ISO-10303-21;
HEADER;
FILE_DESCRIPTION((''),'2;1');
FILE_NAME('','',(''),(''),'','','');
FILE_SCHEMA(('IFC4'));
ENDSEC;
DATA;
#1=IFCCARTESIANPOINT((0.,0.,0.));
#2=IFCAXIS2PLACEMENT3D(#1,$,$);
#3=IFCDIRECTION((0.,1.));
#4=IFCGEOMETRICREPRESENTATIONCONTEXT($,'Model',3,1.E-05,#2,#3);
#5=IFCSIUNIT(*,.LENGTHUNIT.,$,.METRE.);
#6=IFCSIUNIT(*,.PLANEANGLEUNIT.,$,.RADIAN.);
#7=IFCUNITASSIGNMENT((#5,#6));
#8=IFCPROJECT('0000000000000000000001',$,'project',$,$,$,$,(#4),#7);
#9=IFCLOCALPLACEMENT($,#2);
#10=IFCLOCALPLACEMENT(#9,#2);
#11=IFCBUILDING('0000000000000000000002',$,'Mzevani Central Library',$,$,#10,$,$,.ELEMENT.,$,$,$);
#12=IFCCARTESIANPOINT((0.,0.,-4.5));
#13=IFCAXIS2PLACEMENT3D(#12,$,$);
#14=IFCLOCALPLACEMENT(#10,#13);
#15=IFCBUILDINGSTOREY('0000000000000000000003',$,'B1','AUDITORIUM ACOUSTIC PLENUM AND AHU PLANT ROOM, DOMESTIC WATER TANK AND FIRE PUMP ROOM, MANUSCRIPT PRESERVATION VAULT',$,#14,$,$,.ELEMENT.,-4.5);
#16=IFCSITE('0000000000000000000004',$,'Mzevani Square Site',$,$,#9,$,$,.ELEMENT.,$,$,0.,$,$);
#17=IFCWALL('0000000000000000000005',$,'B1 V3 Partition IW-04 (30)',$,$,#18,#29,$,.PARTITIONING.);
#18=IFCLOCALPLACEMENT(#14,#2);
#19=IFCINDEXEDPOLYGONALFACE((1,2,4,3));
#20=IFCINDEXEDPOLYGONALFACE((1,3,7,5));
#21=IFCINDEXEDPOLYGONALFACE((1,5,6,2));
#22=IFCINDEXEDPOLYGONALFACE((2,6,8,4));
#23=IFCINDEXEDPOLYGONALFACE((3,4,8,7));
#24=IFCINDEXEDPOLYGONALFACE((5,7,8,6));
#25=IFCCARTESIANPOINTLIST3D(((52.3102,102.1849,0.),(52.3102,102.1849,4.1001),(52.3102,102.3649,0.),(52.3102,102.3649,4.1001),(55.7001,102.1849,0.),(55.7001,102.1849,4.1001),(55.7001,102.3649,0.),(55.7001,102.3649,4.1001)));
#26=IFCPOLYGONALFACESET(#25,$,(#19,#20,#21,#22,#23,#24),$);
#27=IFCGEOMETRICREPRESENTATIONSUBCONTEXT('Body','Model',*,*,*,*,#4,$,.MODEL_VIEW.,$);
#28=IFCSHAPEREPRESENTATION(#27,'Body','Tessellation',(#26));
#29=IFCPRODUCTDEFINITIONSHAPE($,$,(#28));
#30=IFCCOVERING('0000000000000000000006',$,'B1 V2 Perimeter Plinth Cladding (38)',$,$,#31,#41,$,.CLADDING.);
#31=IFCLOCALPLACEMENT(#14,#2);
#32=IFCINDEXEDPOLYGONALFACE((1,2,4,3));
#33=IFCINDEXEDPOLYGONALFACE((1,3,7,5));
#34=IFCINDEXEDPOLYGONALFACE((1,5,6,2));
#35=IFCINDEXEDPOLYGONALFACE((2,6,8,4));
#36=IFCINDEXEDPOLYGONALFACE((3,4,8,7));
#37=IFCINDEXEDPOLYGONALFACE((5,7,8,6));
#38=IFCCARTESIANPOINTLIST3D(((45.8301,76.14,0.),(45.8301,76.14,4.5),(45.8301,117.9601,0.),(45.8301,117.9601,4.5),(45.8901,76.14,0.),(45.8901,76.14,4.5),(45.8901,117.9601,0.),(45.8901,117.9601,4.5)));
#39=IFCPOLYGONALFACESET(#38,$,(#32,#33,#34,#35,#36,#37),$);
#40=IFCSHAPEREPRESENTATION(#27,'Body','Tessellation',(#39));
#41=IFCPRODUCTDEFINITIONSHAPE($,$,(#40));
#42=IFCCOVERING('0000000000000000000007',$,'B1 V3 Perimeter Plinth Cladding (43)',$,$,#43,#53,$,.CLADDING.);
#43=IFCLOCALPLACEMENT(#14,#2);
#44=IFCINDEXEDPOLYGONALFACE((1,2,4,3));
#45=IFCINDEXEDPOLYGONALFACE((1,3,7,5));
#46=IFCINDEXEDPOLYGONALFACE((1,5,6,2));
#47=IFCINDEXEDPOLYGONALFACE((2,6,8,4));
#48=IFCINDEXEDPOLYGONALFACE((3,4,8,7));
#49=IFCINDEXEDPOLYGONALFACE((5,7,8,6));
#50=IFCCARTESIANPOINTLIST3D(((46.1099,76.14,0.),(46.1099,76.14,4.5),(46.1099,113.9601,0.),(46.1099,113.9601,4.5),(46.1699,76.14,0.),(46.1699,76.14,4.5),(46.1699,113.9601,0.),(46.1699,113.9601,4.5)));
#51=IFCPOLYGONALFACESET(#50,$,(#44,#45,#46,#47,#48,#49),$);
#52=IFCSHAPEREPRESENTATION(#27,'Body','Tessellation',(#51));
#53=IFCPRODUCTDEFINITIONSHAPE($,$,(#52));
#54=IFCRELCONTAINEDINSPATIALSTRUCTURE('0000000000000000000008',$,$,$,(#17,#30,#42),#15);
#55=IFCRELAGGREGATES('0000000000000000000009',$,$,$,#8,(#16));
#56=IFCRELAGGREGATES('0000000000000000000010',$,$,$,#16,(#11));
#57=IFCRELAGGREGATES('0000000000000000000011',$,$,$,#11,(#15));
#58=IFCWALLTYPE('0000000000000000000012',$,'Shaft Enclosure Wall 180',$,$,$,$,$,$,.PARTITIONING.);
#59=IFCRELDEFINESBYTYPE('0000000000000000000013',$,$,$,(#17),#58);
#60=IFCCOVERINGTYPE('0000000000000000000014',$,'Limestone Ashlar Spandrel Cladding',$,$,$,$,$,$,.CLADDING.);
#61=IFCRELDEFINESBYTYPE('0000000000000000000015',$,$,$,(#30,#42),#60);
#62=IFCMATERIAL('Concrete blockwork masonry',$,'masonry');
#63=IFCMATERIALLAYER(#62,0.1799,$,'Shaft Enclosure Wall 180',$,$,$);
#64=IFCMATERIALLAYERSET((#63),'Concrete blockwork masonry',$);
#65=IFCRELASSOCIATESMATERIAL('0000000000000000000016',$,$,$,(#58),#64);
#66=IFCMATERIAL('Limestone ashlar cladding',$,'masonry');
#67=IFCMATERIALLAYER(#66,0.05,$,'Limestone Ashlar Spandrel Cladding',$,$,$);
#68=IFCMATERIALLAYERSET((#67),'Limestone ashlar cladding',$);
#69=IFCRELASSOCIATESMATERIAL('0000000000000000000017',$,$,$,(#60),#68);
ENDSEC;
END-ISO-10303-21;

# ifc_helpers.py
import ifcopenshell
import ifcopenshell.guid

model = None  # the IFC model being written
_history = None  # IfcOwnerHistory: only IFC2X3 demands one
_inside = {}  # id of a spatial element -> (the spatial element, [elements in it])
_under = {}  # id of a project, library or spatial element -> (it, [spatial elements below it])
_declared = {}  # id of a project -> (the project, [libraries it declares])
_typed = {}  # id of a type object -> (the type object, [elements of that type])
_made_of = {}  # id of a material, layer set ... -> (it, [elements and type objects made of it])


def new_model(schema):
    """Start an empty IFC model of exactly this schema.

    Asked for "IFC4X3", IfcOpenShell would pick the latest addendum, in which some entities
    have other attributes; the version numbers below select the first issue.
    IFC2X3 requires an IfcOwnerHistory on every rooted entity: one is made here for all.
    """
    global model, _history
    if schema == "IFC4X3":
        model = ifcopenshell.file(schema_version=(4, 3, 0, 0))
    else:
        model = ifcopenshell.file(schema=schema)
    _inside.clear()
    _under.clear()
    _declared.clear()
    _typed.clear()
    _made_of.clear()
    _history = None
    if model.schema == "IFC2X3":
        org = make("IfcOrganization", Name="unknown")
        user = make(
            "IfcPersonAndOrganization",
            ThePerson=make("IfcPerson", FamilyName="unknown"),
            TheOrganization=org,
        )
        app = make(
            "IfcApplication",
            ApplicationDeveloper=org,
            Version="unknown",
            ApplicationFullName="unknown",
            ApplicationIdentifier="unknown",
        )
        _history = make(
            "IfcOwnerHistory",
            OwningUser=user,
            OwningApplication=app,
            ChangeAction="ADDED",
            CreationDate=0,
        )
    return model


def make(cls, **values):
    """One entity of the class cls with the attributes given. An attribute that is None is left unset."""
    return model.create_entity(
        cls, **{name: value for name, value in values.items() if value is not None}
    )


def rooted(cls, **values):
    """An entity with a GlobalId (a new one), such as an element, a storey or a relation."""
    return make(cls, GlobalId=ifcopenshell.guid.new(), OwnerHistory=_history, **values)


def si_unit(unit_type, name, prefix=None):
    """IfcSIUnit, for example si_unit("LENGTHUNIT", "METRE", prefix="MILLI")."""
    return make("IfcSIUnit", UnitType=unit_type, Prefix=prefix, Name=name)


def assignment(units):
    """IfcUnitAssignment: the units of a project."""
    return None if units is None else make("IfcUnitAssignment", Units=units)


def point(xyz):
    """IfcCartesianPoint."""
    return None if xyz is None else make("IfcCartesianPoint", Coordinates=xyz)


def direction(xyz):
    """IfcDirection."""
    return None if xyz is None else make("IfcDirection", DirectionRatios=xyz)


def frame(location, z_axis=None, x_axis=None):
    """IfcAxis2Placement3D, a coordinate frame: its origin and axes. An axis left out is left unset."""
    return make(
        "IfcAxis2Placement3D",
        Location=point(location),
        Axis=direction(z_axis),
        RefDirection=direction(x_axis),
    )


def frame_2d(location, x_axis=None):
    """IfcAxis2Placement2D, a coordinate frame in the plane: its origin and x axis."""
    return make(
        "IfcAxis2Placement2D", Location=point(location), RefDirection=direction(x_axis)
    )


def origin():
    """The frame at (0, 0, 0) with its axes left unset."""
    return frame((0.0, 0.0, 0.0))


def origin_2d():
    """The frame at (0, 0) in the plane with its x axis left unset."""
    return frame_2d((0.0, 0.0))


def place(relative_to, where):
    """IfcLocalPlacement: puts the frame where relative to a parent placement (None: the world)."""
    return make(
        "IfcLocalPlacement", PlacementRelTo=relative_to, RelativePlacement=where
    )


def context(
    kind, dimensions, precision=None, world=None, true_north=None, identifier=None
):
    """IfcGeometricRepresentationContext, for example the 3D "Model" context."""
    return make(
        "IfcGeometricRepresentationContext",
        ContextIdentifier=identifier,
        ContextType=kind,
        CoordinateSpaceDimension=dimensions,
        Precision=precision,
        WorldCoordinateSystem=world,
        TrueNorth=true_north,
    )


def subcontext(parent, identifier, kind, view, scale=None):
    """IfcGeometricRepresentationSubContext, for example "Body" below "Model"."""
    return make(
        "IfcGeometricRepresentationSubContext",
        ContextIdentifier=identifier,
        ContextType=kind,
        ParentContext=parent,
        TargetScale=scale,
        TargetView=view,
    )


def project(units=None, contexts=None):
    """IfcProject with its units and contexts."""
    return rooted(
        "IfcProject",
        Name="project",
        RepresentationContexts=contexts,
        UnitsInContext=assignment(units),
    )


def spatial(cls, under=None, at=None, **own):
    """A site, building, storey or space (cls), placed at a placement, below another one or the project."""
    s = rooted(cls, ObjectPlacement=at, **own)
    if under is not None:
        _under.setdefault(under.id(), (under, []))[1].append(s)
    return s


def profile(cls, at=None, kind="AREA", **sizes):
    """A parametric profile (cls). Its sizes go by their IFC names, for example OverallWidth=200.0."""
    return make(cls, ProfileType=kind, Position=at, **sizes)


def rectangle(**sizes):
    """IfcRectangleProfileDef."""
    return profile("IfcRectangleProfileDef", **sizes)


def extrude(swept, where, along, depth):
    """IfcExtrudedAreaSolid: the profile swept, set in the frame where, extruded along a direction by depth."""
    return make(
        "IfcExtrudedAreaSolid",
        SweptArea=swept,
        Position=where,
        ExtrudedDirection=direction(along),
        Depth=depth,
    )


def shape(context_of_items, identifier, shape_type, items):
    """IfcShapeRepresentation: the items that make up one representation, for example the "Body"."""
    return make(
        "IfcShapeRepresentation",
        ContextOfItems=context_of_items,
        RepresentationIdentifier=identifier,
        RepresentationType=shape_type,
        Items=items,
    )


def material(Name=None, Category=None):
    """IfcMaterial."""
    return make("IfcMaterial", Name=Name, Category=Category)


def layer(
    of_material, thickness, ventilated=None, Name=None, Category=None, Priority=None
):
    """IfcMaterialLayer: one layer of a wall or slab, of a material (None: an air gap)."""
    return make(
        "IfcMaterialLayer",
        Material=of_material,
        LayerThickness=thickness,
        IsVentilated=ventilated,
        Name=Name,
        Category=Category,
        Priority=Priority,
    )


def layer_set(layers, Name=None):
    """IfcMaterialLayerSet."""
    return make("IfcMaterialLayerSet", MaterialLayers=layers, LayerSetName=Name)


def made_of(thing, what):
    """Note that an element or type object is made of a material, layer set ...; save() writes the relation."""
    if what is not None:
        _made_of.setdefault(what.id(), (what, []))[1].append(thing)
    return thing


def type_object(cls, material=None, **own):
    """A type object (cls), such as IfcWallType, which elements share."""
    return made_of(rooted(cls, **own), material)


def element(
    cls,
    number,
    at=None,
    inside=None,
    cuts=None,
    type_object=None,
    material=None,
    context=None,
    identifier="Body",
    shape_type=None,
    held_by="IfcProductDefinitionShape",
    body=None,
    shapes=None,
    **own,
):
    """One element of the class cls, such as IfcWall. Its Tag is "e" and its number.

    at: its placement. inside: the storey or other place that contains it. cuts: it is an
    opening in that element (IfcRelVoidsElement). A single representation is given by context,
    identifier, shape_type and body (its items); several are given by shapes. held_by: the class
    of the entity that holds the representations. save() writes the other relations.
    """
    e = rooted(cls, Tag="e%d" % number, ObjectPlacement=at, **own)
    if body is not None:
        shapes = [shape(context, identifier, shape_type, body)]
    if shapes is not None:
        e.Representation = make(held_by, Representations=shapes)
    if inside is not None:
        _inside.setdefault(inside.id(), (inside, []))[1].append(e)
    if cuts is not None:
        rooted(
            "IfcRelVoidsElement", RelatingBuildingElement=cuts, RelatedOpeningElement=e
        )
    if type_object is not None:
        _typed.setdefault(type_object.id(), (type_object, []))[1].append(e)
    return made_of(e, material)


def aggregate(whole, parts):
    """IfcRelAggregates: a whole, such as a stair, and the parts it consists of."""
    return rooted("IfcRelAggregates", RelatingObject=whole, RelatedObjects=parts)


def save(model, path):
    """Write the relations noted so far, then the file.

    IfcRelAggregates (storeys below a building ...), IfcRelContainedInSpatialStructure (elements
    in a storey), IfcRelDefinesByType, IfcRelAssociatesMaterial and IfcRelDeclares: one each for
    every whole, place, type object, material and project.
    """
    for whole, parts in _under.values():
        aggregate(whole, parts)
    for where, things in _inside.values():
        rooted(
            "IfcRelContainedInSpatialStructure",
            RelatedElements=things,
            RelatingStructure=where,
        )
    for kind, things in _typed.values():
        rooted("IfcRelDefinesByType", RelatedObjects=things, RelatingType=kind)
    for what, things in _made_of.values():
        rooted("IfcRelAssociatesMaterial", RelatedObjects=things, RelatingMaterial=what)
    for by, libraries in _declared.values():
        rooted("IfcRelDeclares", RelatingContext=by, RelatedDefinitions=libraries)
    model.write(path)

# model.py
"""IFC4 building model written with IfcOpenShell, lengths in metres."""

from ifc_helpers import new_model, si_unit, direction, frame, frame_2d, origin, origin_2d, place, context, subcontext, project, spatial, rectangle, extrude, material, layer, layer_set, type_object, element, save


model = new_model("IFC4")

# Units and contexts
model_context = context("Model", 3, precision=1e-05, world=origin(), true_north=direction((0.0, 1.0)))
body_context = subcontext(model_context, "Body", "Model", "MODEL_VIEW")
ifc_project = project(units=[si_unit("LENGTHUNIT", "METRE"), si_unit("PLANEANGLEUNIT", "RADIAN")], contexts=[model_context])

# Site, building, storey
site_placement = place(None, origin())
site = spatial("IfcSite", under=ifc_project, at=site_placement, Name="Mzevani Square Site", CompositionType="ELEMENT", RefElevation=0.0)
building_placement = place(site_placement, origin())
building = spatial("IfcBuilding", under=site, at=building_placement, Name="Mzevani Central Library", CompositionType="ELEMENT")
storey_placement = place(building_placement, frame((0.0, 0.0, -4.5)))
storey = spatial("IfcBuildingStorey", under=building, at=storey_placement, Name="B1", Description="AUDITORIUM ACOUSTIC PLENUM AND AHU PLANT ROOM, DOMESTIC WATER TANK AND FIRE PUMP ROOM, MANUSCRIPT PRESERVATION VAULT", CompositionType="ELEMENT", Elevation=-4.5)

# Wall
ifc_material_1 = material(Name="Concrete blockwork masonry", Category="masonry")
ifc_layer_1 = layer(ifc_material_1, 0.1799, Name="Shaft Enclosure Wall 180")
ifc_layer_set_1 = layer_set([ifc_layer_1], Name="Concrete blockwork masonry")
wall_type_1 = type_object("IfcWallType", Name="Shaft Enclosure Wall 180", PredefinedType="PARTITIONING", material=ifc_layer_set_1)
wall_1_placement = place(storey_placement, frame((55.7, 102.2749, 0.0), z_axis=(0.0, 0.0, 1.0), x_axis=(-1.0, 0.0, 0.0)))
element("IfcWall", 1, at=wall_1_placement, inside=storey, type_object=wall_type_1, Name="B1 V3 Partition IW-04 (30)", PredefinedType="PARTITIONING", context=body_context, shape_type="SweptSolid", body=[
    extrude(rectangle(XDim=3.3899, YDim=0.1799, at=frame_2d((1.6948, 0.0))), origin(), (0.0, 0.0, 1.0), 4.1001),
])

# Coverings
ifc_material_2 = material(Name="Limestone ashlar cladding", Category="masonry")
ifc_layer_2 = layer(ifc_material_2, 0.05, Name="Limestone Ashlar Spandrel Cladding")
ifc_layer_set_2 = layer_set([ifc_layer_2], Name="Limestone ashlar cladding")
covering_type = type_object("IfcCoveringType", Name="Limestone Ashlar Spandrel Cladding", PredefinedType="CLADDING", material=ifc_layer_set_2)
covering_1_placement = place(storey_placement, frame((45.8601, 97.05, 0.0), z_axis=(0.0, 0.0, 1.0), x_axis=(0.0, -1.0, 0.0)))
element("IfcCovering", 2, at=covering_1_placement, inside=storey, type_object=covering_type, Name="B1 V2 Perimeter Plinth Cladding (38)", PredefinedType="CLADDING", context=body_context, shape_type="SweptSolid", body=[
    extrude(rectangle(XDim=41.8201, YDim=0.0601, at=origin_2d()), origin(), (0.0, 0.0, 1.0), 4.5),
])
covering_2_placement = place(storey_placement, frame((46.1399, 95.05, 0.0), z_axis=(0.0, 0.0, 1.0), x_axis=(0.0, 1.0, 0.0)))
element("IfcCovering", 3, at=covering_2_placement, inside=storey, type_object=covering_type, Name="B1 V3 Perimeter Plinth Cladding (43)", PredefinedType="CLADDING", context=body_context, shape_type="SweptSolid", body=[
    extrude(rectangle(XDim=37.8201, YDim=0.0601, at=origin_2d()), origin(), (0.0, 0.0, 1.0), 4.5),
])

save(model, "model.ifc")
